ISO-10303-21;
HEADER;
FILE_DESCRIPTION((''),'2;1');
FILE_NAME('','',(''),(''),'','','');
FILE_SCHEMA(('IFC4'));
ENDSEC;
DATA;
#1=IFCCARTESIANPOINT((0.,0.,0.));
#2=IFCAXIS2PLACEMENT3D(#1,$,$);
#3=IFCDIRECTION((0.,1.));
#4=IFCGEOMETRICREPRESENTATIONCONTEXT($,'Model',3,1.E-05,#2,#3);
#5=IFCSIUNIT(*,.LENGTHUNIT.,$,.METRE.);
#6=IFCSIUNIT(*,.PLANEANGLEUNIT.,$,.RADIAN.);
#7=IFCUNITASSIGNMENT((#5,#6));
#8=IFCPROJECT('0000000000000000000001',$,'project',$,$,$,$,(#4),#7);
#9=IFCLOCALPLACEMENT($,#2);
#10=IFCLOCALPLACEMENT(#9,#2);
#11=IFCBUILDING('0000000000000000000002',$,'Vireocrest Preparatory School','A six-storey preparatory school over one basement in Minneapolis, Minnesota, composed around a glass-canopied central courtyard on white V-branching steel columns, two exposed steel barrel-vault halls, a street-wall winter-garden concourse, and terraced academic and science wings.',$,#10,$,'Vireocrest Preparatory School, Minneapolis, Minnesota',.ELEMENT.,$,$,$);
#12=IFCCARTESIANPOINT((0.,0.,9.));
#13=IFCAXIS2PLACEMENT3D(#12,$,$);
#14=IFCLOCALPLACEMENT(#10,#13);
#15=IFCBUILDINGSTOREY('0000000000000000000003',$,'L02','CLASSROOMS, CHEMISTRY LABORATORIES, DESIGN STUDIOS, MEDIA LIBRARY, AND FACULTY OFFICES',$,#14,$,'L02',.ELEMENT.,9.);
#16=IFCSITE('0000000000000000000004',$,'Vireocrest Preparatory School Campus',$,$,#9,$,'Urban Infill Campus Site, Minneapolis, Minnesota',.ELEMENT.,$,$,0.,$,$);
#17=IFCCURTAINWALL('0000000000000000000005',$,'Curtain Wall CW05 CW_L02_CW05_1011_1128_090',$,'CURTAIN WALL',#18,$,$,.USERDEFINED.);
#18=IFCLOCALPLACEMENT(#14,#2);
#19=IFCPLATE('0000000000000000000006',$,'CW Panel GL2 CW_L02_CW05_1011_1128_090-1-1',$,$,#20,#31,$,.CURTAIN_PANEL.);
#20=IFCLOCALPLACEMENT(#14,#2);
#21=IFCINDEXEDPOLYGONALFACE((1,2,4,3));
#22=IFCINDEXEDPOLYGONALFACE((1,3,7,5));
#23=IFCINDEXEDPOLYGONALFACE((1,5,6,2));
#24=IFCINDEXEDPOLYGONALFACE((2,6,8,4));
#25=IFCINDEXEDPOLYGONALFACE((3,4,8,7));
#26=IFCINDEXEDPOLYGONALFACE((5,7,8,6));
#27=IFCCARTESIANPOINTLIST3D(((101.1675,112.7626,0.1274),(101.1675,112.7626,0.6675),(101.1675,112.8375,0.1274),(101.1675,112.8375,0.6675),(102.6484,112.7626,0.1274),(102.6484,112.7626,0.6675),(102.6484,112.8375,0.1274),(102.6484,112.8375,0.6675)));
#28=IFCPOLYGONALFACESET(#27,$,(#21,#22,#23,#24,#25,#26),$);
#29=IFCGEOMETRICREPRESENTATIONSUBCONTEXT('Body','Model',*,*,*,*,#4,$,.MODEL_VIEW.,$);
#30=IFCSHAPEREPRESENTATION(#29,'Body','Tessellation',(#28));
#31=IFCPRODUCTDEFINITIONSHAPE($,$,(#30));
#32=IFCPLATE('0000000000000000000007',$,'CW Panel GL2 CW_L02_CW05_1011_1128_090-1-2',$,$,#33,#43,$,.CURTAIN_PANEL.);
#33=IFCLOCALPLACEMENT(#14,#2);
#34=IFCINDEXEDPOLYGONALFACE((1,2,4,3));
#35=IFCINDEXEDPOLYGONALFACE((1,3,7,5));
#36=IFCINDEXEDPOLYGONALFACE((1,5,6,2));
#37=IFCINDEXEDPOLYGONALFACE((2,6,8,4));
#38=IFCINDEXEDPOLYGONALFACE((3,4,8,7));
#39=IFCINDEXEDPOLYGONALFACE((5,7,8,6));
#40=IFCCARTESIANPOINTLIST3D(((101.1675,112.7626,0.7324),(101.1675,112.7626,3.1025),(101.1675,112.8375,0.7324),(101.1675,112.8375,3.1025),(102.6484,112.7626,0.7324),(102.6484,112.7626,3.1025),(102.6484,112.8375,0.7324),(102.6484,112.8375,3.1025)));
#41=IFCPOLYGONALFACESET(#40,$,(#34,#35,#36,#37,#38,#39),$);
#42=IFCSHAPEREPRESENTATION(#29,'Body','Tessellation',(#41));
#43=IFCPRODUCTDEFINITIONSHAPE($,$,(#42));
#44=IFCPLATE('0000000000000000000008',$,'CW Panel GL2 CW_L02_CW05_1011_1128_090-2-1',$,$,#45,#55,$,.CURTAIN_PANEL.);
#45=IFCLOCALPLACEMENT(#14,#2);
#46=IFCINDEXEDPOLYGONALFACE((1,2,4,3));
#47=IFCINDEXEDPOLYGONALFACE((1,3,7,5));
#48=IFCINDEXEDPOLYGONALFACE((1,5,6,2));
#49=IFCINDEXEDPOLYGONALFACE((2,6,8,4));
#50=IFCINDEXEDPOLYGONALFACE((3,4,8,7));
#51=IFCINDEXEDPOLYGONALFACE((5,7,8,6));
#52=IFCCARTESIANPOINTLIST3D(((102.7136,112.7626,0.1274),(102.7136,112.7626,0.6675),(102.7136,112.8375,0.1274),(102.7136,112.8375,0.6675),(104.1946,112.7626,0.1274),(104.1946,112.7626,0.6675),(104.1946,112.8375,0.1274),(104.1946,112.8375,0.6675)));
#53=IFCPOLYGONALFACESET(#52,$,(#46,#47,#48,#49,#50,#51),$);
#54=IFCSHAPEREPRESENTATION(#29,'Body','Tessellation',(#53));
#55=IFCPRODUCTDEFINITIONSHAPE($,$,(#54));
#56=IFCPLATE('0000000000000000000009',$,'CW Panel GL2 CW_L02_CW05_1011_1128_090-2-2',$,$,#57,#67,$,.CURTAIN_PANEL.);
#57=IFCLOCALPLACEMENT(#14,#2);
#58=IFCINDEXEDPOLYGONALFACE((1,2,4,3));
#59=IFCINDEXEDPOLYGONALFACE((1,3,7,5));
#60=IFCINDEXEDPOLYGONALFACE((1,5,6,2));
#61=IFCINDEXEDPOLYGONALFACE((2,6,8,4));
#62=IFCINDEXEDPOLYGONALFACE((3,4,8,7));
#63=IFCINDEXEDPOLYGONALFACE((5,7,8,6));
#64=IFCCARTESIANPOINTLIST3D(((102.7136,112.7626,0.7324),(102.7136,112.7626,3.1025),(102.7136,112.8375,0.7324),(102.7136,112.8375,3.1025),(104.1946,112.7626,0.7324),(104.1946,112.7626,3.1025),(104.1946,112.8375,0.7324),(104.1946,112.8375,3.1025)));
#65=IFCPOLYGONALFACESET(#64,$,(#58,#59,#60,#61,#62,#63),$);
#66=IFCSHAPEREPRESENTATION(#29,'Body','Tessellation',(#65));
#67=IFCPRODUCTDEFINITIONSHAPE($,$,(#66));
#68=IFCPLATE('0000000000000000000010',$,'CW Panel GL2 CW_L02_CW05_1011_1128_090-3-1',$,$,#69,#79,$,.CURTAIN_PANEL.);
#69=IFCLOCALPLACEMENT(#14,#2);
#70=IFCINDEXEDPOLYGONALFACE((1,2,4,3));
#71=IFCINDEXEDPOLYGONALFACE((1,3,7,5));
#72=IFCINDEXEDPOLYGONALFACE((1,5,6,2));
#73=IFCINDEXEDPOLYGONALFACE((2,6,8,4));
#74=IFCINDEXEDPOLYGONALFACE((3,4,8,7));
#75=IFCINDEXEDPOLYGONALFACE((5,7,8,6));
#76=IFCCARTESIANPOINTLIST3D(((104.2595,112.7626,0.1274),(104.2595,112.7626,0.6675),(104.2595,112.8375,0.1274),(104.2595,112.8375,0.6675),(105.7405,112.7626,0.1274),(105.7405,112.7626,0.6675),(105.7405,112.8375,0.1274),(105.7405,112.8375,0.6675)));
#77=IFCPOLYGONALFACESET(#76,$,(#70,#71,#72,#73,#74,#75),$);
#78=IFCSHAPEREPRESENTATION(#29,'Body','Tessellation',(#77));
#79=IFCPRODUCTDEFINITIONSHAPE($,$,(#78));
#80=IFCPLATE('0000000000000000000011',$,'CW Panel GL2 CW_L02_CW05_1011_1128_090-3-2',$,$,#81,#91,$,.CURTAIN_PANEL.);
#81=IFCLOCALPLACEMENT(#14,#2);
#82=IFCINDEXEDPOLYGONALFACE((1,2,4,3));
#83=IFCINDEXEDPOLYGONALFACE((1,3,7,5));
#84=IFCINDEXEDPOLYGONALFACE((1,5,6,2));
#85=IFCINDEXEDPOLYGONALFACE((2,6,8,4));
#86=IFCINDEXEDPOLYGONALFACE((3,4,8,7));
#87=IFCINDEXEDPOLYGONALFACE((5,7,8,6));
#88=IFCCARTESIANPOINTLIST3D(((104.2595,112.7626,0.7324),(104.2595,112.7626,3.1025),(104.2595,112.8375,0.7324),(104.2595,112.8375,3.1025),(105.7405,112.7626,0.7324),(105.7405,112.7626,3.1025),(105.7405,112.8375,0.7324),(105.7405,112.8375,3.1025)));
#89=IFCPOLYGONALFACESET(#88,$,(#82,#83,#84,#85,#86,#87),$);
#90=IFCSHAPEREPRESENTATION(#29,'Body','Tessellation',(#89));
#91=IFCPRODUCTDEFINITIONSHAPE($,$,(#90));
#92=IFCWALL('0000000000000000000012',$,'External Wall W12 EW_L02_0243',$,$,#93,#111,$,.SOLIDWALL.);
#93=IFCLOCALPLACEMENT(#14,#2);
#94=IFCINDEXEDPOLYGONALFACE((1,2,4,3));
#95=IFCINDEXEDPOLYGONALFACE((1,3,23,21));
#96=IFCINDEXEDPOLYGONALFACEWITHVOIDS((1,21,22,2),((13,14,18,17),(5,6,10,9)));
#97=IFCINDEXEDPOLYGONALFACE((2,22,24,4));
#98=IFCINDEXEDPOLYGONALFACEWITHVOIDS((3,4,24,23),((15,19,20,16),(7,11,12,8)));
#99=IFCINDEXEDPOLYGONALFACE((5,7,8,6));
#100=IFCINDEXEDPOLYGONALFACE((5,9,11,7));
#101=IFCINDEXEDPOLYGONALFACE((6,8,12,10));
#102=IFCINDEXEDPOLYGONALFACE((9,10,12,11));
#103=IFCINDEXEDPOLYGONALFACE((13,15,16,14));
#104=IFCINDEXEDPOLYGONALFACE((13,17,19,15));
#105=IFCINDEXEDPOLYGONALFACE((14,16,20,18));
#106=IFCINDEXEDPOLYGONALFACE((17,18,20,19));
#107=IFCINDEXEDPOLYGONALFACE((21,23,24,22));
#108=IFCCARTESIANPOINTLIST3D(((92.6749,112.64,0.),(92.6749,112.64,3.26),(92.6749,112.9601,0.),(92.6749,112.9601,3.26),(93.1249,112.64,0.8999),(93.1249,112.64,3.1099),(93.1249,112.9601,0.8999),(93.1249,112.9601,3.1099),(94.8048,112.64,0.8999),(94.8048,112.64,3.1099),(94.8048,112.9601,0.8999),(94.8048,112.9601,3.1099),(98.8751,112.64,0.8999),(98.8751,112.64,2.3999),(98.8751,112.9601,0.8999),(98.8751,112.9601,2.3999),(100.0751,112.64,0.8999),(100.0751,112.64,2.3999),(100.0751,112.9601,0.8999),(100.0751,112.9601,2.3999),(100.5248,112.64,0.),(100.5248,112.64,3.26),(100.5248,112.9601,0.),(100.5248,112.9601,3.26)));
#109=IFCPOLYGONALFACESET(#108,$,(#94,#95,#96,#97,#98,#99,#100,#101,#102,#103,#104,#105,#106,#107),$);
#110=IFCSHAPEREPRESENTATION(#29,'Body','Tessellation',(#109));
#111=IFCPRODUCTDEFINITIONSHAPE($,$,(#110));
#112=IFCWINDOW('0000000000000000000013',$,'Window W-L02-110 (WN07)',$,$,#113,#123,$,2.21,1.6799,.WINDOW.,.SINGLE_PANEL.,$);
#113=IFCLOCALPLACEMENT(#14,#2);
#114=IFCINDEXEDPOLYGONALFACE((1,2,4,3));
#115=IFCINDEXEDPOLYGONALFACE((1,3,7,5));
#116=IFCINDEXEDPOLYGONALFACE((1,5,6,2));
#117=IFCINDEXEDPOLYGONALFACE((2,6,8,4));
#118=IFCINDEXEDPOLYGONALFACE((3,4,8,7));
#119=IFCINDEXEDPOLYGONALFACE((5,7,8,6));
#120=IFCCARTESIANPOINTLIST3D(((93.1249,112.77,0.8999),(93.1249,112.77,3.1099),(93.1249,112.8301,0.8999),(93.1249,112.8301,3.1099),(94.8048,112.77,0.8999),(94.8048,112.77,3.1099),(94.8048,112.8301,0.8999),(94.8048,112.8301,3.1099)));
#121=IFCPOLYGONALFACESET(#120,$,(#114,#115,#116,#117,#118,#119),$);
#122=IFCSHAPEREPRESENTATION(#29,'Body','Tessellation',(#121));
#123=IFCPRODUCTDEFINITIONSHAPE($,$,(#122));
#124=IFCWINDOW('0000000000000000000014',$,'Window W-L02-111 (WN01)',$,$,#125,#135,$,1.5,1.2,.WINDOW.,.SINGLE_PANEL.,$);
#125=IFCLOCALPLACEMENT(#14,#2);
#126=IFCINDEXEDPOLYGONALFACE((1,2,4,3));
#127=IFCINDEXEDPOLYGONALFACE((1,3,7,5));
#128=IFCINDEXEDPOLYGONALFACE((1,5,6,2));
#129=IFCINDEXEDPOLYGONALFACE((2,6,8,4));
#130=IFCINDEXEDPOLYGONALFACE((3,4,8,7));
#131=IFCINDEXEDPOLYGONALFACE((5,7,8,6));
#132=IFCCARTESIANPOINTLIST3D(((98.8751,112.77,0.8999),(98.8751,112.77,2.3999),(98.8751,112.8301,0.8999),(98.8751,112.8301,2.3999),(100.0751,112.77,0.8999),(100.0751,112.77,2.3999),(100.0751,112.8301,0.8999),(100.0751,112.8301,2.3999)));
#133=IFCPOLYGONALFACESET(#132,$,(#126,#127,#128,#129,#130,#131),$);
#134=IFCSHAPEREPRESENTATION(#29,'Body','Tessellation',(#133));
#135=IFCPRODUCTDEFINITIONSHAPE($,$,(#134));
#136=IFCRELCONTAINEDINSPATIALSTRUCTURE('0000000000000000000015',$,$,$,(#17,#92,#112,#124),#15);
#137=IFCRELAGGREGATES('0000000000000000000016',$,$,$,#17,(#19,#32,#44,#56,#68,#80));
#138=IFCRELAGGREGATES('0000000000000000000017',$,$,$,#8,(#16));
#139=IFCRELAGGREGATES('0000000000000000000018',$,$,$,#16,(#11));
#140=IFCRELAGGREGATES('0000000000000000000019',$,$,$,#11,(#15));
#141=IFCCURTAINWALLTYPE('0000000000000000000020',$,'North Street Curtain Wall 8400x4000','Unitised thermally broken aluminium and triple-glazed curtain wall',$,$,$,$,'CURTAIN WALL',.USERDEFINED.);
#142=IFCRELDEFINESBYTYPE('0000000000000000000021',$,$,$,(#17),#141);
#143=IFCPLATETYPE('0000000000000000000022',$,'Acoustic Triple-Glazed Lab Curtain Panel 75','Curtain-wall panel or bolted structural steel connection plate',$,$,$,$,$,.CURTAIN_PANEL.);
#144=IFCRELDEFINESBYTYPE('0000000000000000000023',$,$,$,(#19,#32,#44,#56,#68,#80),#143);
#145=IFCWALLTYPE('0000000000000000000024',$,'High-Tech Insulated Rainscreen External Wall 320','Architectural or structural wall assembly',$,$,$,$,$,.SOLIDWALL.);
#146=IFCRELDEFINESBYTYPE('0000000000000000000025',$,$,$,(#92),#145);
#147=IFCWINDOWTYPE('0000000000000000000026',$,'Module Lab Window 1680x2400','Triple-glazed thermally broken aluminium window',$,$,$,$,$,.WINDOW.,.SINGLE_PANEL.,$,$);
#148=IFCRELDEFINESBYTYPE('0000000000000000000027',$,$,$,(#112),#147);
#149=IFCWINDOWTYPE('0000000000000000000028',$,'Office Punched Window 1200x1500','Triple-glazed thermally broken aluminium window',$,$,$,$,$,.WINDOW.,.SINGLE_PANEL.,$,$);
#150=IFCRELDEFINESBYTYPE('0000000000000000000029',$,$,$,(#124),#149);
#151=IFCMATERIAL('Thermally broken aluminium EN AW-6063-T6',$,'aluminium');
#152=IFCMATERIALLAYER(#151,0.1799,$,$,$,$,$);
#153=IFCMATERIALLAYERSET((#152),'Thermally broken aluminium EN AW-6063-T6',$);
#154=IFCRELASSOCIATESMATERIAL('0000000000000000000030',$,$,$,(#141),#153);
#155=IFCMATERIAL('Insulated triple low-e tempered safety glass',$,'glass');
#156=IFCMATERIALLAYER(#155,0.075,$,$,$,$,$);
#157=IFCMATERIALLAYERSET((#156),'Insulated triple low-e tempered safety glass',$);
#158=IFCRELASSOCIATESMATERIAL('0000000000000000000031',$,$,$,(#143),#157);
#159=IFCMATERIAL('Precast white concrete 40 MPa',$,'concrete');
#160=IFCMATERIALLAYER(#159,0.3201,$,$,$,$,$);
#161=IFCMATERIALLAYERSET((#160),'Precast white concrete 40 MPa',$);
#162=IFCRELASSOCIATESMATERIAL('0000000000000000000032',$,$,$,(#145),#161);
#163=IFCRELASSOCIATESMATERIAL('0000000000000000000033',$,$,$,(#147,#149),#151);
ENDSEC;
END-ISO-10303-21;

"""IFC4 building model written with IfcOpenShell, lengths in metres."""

from ifc_helpers import new_model, si_unit, direction, frame, frame_2d, origin, origin_2d, place, context, subcontext, project, spatial, rectangle, extrude, material, layer, layer_set, type_object, element, fill, aggregate, save


model = new_model("IFC4")

# Units and contexts
model_context = context("Model", 3, precision=1e-05, world=origin(), true_north=direction((0.0, 1.0)))
body_context = subcontext(model_context, "Body", "Model", "MODEL_VIEW")
ifc_project = project(units=[si_unit("LENGTHUNIT", "METRE"), si_unit("PLANEANGLEUNIT", "RADIAN")], contexts=[model_context])

# Site, building, storey
site_placement = place(None, origin())
site = spatial("IfcSite", under=ifc_project, at=site_placement, Name="Vireocrest Preparatory School Campus", LongName="Urban Infill Campus Site, Minneapolis, Minnesota", CompositionType="ELEMENT", RefElevation=0.0)
building_placement = place(site_placement, origin())
building = spatial("IfcBuilding", under=site, at=building_placement, Name="Vireocrest Preparatory School", Description="A six-storey preparatory school over one basement in Minneapolis, Minnesota, composed around a glass-canopied central courtyard on white V-branching steel columns, two exposed steel barrel-vault halls, a street-wall winter-garden concourse, and terraced academic and science wings.", LongName="Vireocrest Preparatory School, Minneapolis, Minnesota", CompositionType="ELEMENT")
storey_placement = place(building_placement, frame((0.0, 0.0, 9.0)))
storey = spatial("IfcBuildingStorey", under=building, at=storey_placement, Name="L02", Description="CLASSROOMS, CHEMISTRY LABORATORIES, DESIGN STUDIOS, MEDIA LIBRARY, AND FACULTY OFFICES", LongName="L02", CompositionType="ELEMENT", Elevation=9.0)

# Shared definitions
ifc_material_1 = material(Name="Thermally broken aluminium EN AW-6063-T6", Category="aluminium")
ifc_layer_1 = layer(ifc_material_1, 0.1799)
ifc_layer_set_1 = layer_set([ifc_layer_1], Name="Thermally broken aluminium EN AW-6063-T6")
curtain_wall_type = type_object("IfcCurtainWallType", Name="North Street Curtain Wall 8400x4000", Description="Unitised thermally broken aluminium and triple-glazed curtain wall", ElementType="CURTAIN WALL", PredefinedType="USERDEFINED", material=ifc_layer_set_1)

# Curtain wall
curtain_wall_1_placement = place(storey_placement, origin())
curtain_wall_1 = element("IfcCurtainWall", 1, at=curtain_wall_1_placement, inside=storey, type_object=curtain_wall_type, Name="Curtain Wall CW05 CW_L02_CW05_1011_1128_090", ObjectType="CURTAIN WALL", PredefinedType="USERDEFINED")

# Plates
ifc_material_2 = material(Name="Insulated triple low-e tempered safety glass", Category="glass")
ifc_layer_2 = layer(ifc_material_2, 0.075)
ifc_layer_set_2 = layer_set([ifc_layer_2], Name="Insulated triple low-e tempered safety glass")
plate_type = type_object("IfcPlateType", Name="Acoustic Triple-Glazed Lab Curtain Panel 75", Description="Curtain-wall panel or bolted structural steel connection plate", PredefinedType="CURTAIN_PANEL", material=ifc_layer_set_2)
plate_1_placement = place(storey_placement, frame((101.908, 112.8, 0.1274), z_axis=(0.0, 0.0, 1.0), x_axis=(1.0, 0.0, 0.0)))
plate_1 = element("IfcPlate", 2, at=plate_1_placement, type_object=plate_type, Name="CW Panel GL2 CW_L02_CW05_1011_1128_090-1-1", PredefinedType="CURTAIN_PANEL", context=body_context, shape_type="SweptSolid", body=[
    extrude(rectangle(XDim=1.481, YDim=0.075, at=origin_2d()), origin(), (0.0, 0.0, 1.0), 0.54),
])
plate_2_placement = place(storey_placement, frame((101.908, 112.8, 0.7324), z_axis=(0.0, 0.0, 1.0), x_axis=(1.0, 0.0, 0.0)))
plate_2 = element("IfcPlate", 3, at=plate_2_placement, type_object=plate_type, Name="CW Panel GL2 CW_L02_CW05_1011_1128_090-1-2", PredefinedType="CURTAIN_PANEL", context=body_context, shape_type="SweptSolid", body=[
    extrude(rectangle(XDim=1.481, YDim=0.075, at=origin_2d()), origin(), (0.0, 0.0, 1.0), 2.3701),
])
plate_3_placement = place(storey_placement, frame((103.4541, 112.8, 0.1274), z_axis=(0.0, 0.0, 1.0), x_axis=(1.0, 0.0, 0.0)))
plate_3 = element("IfcPlate", 4, at=plate_3_placement, type_object=plate_type, Name="CW Panel GL2 CW_L02_CW05_1011_1128_090-2-1", PredefinedType="CURTAIN_PANEL", context=body_context, shape_type="SweptSolid", body=[
    extrude(rectangle(XDim=1.481, YDim=0.075, at=origin_2d()), origin(), (0.0, 0.0, 1.0), 0.54),
])
plate_4_placement = place(storey_placement, frame((103.4541, 112.8, 0.7324), z_axis=(0.0, 0.0, 1.0), x_axis=(1.0, 0.0, 0.0)))
plate_4 = element("IfcPlate", 5, at=plate_4_placement, type_object=plate_type, Name="CW Panel GL2 CW_L02_CW05_1011_1128_090-2-2", PredefinedType="CURTAIN_PANEL", context=body_context, shape_type="SweptSolid", body=[
    extrude(rectangle(XDim=1.481, YDim=0.075, at=origin_2d()), origin(), (0.0, 0.0, 1.0), 2.3701),
])
plate_5_placement = place(storey_placement, frame((105.0, 112.8, 0.1274), z_axis=(0.0, 0.0, 1.0), x_axis=(1.0, 0.0, 0.0)))
plate_5 = element("IfcPlate", 6, at=plate_5_placement, type_object=plate_type, Name="CW Panel GL2 CW_L02_CW05_1011_1128_090-3-1", PredefinedType="CURTAIN_PANEL", context=body_context, shape_type="SweptSolid", body=[
    extrude(rectangle(XDim=1.481, YDim=0.075, at=origin_2d()), origin(), (0.0, 0.0, 1.0), 0.54),
])
plate_6_placement = place(storey_placement, frame((105.0, 112.8, 0.7324), z_axis=(0.0, 0.0, 1.0), x_axis=(1.0, 0.0, 0.0)))
plate_6 = element("IfcPlate", 7, at=plate_6_placement, type_object=plate_type, Name="CW Panel GL2 CW_L02_CW05_1011_1128_090-3-2", PredefinedType="CURTAIN_PANEL", context=body_context, shape_type="SweptSolid", body=[
    extrude(rectangle(XDim=1.481, YDim=0.075, at=origin_2d()), origin(), (0.0, 0.0, 1.0), 2.3701),
])
aggregate(curtain_wall_1, [plate_1, plate_2, plate_3, plate_4, plate_5, plate_6])

# Wall, openings, windows
ifc_material_3 = material(Name="Precast white concrete 40 MPa", Category="concrete")
ifc_layer_3 = layer(ifc_material_3, 0.3201)
ifc_layer_set_3 = layer_set([ifc_layer_3], Name="Precast white concrete 40 MPa")
wall_type = type_object("IfcWallType", Name="High-Tech Insulated Rainscreen External Wall 320", Description="Architectural or structural wall assembly", PredefinedType="SOLIDWALL", material=ifc_layer_set_3)
wall_placement = place(storey_placement, frame((92.675, 112.8, 0.0), z_axis=(0.0, 0.0, 1.0), x_axis=(1.0, 0.0, 0.0)))
wall = element("IfcWall", 8, at=wall_placement, inside=storey, type_object=wall_type, Name="External Wall W12 EW_L02_0243", PredefinedType="SOLIDWALL", context=body_context, shape_type="SweptSolid", body=[
    extrude(rectangle(XDim=7.8499, YDim=0.3201, at=frame_2d((3.9248, 0.0))), origin(), (0.0, 0.0, 1.0), 3.26),
])
opening_1_placement = place(wall_placement, frame((0.45, 0.0, 0.8999)))
opening_1 = element("IfcOpeningElement", 9, at=opening_1_placement, cuts=wall, PredefinedType="OPENING", context=body_context, shape_type="SweptSolid", body=[
    extrude(rectangle(XDim=1.6799, YDim=2.21, at=frame_2d((0.8398, 1.105))), frame((0.0, 0.1699, 0.0), z_axis=(0.0, -1.0, 0.0), x_axis=(1.0, 0.0, 0.0)), (0.0, 0.0, 1.0), 0.3401),
])
opening_2_placement = place(wall_placement, frame((6.2, 0.0, 0.8999)))
opening_2 = element("IfcOpeningElement", 10, at=opening_2_placement, cuts=wall, PredefinedType="OPENING", context=body_context, shape_type="SweptSolid", body=[
    extrude(rectangle(XDim=1.2, YDim=1.5, at=frame_2d((0.6001, 0.75))), frame((0.0, 0.1699, 0.0), z_axis=(0.0, -1.0, 0.0), x_axis=(1.0, 0.0, 0.0)), (0.0, 0.0, 1.0), 0.3401),
])
window_type_1 = type_object("IfcWindowType", Name="Module Lab Window 1680x2400", Description="Triple-glazed thermally broken aluminium window", PartitioningType="SINGLE_PANEL", PredefinedType="WINDOW", material=ifc_material_1)
window_1_placement = place(opening_1_placement, origin())
window_1 = element("IfcWindow", 11, at=window_1_placement, inside=storey, type_object=window_type_1, Name="Window W-L02-110 (WN07)", OverallHeight=2.21, OverallWidth=1.6799, PartitioningType="SINGLE_PANEL", PredefinedType="WINDOW", context=body_context, shape_type="SweptSolid", body=[
    extrude(rectangle(XDim=1.6799, YDim=2.21, at=frame_2d((0.8398, 1.105))), frame((0.0, 0.03, 0.0), z_axis=(0.0, -1.0, 0.0), x_axis=(1.0, 0.0, 0.0)), (0.0, 0.0, 1.0), 0.0601),
])
fill(opening_1, window_1)
window_type_2 = type_object("IfcWindowType", Name="Office Punched Window 1200x1500", Description="Triple-glazed thermally broken aluminium window", PartitioningType="SINGLE_PANEL", PredefinedType="WINDOW", material=ifc_material_1)
window_2_placement = place(opening_2_placement, origin())
window_2 = element("IfcWindow", 12, at=window_2_placement, inside=storey, type_object=window_type_2, Name="Window W-L02-111 (WN01)", OverallHeight=1.5, OverallWidth=1.2, PartitioningType="SINGLE_PANEL", PredefinedType="WINDOW", context=body_context, shape_type="SweptSolid", body=[
    extrude(rectangle(XDim=1.2, YDim=1.5, at=frame_2d((0.6001, 0.75))), frame((0.0, 0.03, 0.0), z_axis=(0.0, -1.0, 0.0), x_axis=(1.0, 0.0, 0.0)), (0.0, 0.0, 1.0), 0.0601),
])
fill(opening_2, window_2)

save(model, "model.ifc")
